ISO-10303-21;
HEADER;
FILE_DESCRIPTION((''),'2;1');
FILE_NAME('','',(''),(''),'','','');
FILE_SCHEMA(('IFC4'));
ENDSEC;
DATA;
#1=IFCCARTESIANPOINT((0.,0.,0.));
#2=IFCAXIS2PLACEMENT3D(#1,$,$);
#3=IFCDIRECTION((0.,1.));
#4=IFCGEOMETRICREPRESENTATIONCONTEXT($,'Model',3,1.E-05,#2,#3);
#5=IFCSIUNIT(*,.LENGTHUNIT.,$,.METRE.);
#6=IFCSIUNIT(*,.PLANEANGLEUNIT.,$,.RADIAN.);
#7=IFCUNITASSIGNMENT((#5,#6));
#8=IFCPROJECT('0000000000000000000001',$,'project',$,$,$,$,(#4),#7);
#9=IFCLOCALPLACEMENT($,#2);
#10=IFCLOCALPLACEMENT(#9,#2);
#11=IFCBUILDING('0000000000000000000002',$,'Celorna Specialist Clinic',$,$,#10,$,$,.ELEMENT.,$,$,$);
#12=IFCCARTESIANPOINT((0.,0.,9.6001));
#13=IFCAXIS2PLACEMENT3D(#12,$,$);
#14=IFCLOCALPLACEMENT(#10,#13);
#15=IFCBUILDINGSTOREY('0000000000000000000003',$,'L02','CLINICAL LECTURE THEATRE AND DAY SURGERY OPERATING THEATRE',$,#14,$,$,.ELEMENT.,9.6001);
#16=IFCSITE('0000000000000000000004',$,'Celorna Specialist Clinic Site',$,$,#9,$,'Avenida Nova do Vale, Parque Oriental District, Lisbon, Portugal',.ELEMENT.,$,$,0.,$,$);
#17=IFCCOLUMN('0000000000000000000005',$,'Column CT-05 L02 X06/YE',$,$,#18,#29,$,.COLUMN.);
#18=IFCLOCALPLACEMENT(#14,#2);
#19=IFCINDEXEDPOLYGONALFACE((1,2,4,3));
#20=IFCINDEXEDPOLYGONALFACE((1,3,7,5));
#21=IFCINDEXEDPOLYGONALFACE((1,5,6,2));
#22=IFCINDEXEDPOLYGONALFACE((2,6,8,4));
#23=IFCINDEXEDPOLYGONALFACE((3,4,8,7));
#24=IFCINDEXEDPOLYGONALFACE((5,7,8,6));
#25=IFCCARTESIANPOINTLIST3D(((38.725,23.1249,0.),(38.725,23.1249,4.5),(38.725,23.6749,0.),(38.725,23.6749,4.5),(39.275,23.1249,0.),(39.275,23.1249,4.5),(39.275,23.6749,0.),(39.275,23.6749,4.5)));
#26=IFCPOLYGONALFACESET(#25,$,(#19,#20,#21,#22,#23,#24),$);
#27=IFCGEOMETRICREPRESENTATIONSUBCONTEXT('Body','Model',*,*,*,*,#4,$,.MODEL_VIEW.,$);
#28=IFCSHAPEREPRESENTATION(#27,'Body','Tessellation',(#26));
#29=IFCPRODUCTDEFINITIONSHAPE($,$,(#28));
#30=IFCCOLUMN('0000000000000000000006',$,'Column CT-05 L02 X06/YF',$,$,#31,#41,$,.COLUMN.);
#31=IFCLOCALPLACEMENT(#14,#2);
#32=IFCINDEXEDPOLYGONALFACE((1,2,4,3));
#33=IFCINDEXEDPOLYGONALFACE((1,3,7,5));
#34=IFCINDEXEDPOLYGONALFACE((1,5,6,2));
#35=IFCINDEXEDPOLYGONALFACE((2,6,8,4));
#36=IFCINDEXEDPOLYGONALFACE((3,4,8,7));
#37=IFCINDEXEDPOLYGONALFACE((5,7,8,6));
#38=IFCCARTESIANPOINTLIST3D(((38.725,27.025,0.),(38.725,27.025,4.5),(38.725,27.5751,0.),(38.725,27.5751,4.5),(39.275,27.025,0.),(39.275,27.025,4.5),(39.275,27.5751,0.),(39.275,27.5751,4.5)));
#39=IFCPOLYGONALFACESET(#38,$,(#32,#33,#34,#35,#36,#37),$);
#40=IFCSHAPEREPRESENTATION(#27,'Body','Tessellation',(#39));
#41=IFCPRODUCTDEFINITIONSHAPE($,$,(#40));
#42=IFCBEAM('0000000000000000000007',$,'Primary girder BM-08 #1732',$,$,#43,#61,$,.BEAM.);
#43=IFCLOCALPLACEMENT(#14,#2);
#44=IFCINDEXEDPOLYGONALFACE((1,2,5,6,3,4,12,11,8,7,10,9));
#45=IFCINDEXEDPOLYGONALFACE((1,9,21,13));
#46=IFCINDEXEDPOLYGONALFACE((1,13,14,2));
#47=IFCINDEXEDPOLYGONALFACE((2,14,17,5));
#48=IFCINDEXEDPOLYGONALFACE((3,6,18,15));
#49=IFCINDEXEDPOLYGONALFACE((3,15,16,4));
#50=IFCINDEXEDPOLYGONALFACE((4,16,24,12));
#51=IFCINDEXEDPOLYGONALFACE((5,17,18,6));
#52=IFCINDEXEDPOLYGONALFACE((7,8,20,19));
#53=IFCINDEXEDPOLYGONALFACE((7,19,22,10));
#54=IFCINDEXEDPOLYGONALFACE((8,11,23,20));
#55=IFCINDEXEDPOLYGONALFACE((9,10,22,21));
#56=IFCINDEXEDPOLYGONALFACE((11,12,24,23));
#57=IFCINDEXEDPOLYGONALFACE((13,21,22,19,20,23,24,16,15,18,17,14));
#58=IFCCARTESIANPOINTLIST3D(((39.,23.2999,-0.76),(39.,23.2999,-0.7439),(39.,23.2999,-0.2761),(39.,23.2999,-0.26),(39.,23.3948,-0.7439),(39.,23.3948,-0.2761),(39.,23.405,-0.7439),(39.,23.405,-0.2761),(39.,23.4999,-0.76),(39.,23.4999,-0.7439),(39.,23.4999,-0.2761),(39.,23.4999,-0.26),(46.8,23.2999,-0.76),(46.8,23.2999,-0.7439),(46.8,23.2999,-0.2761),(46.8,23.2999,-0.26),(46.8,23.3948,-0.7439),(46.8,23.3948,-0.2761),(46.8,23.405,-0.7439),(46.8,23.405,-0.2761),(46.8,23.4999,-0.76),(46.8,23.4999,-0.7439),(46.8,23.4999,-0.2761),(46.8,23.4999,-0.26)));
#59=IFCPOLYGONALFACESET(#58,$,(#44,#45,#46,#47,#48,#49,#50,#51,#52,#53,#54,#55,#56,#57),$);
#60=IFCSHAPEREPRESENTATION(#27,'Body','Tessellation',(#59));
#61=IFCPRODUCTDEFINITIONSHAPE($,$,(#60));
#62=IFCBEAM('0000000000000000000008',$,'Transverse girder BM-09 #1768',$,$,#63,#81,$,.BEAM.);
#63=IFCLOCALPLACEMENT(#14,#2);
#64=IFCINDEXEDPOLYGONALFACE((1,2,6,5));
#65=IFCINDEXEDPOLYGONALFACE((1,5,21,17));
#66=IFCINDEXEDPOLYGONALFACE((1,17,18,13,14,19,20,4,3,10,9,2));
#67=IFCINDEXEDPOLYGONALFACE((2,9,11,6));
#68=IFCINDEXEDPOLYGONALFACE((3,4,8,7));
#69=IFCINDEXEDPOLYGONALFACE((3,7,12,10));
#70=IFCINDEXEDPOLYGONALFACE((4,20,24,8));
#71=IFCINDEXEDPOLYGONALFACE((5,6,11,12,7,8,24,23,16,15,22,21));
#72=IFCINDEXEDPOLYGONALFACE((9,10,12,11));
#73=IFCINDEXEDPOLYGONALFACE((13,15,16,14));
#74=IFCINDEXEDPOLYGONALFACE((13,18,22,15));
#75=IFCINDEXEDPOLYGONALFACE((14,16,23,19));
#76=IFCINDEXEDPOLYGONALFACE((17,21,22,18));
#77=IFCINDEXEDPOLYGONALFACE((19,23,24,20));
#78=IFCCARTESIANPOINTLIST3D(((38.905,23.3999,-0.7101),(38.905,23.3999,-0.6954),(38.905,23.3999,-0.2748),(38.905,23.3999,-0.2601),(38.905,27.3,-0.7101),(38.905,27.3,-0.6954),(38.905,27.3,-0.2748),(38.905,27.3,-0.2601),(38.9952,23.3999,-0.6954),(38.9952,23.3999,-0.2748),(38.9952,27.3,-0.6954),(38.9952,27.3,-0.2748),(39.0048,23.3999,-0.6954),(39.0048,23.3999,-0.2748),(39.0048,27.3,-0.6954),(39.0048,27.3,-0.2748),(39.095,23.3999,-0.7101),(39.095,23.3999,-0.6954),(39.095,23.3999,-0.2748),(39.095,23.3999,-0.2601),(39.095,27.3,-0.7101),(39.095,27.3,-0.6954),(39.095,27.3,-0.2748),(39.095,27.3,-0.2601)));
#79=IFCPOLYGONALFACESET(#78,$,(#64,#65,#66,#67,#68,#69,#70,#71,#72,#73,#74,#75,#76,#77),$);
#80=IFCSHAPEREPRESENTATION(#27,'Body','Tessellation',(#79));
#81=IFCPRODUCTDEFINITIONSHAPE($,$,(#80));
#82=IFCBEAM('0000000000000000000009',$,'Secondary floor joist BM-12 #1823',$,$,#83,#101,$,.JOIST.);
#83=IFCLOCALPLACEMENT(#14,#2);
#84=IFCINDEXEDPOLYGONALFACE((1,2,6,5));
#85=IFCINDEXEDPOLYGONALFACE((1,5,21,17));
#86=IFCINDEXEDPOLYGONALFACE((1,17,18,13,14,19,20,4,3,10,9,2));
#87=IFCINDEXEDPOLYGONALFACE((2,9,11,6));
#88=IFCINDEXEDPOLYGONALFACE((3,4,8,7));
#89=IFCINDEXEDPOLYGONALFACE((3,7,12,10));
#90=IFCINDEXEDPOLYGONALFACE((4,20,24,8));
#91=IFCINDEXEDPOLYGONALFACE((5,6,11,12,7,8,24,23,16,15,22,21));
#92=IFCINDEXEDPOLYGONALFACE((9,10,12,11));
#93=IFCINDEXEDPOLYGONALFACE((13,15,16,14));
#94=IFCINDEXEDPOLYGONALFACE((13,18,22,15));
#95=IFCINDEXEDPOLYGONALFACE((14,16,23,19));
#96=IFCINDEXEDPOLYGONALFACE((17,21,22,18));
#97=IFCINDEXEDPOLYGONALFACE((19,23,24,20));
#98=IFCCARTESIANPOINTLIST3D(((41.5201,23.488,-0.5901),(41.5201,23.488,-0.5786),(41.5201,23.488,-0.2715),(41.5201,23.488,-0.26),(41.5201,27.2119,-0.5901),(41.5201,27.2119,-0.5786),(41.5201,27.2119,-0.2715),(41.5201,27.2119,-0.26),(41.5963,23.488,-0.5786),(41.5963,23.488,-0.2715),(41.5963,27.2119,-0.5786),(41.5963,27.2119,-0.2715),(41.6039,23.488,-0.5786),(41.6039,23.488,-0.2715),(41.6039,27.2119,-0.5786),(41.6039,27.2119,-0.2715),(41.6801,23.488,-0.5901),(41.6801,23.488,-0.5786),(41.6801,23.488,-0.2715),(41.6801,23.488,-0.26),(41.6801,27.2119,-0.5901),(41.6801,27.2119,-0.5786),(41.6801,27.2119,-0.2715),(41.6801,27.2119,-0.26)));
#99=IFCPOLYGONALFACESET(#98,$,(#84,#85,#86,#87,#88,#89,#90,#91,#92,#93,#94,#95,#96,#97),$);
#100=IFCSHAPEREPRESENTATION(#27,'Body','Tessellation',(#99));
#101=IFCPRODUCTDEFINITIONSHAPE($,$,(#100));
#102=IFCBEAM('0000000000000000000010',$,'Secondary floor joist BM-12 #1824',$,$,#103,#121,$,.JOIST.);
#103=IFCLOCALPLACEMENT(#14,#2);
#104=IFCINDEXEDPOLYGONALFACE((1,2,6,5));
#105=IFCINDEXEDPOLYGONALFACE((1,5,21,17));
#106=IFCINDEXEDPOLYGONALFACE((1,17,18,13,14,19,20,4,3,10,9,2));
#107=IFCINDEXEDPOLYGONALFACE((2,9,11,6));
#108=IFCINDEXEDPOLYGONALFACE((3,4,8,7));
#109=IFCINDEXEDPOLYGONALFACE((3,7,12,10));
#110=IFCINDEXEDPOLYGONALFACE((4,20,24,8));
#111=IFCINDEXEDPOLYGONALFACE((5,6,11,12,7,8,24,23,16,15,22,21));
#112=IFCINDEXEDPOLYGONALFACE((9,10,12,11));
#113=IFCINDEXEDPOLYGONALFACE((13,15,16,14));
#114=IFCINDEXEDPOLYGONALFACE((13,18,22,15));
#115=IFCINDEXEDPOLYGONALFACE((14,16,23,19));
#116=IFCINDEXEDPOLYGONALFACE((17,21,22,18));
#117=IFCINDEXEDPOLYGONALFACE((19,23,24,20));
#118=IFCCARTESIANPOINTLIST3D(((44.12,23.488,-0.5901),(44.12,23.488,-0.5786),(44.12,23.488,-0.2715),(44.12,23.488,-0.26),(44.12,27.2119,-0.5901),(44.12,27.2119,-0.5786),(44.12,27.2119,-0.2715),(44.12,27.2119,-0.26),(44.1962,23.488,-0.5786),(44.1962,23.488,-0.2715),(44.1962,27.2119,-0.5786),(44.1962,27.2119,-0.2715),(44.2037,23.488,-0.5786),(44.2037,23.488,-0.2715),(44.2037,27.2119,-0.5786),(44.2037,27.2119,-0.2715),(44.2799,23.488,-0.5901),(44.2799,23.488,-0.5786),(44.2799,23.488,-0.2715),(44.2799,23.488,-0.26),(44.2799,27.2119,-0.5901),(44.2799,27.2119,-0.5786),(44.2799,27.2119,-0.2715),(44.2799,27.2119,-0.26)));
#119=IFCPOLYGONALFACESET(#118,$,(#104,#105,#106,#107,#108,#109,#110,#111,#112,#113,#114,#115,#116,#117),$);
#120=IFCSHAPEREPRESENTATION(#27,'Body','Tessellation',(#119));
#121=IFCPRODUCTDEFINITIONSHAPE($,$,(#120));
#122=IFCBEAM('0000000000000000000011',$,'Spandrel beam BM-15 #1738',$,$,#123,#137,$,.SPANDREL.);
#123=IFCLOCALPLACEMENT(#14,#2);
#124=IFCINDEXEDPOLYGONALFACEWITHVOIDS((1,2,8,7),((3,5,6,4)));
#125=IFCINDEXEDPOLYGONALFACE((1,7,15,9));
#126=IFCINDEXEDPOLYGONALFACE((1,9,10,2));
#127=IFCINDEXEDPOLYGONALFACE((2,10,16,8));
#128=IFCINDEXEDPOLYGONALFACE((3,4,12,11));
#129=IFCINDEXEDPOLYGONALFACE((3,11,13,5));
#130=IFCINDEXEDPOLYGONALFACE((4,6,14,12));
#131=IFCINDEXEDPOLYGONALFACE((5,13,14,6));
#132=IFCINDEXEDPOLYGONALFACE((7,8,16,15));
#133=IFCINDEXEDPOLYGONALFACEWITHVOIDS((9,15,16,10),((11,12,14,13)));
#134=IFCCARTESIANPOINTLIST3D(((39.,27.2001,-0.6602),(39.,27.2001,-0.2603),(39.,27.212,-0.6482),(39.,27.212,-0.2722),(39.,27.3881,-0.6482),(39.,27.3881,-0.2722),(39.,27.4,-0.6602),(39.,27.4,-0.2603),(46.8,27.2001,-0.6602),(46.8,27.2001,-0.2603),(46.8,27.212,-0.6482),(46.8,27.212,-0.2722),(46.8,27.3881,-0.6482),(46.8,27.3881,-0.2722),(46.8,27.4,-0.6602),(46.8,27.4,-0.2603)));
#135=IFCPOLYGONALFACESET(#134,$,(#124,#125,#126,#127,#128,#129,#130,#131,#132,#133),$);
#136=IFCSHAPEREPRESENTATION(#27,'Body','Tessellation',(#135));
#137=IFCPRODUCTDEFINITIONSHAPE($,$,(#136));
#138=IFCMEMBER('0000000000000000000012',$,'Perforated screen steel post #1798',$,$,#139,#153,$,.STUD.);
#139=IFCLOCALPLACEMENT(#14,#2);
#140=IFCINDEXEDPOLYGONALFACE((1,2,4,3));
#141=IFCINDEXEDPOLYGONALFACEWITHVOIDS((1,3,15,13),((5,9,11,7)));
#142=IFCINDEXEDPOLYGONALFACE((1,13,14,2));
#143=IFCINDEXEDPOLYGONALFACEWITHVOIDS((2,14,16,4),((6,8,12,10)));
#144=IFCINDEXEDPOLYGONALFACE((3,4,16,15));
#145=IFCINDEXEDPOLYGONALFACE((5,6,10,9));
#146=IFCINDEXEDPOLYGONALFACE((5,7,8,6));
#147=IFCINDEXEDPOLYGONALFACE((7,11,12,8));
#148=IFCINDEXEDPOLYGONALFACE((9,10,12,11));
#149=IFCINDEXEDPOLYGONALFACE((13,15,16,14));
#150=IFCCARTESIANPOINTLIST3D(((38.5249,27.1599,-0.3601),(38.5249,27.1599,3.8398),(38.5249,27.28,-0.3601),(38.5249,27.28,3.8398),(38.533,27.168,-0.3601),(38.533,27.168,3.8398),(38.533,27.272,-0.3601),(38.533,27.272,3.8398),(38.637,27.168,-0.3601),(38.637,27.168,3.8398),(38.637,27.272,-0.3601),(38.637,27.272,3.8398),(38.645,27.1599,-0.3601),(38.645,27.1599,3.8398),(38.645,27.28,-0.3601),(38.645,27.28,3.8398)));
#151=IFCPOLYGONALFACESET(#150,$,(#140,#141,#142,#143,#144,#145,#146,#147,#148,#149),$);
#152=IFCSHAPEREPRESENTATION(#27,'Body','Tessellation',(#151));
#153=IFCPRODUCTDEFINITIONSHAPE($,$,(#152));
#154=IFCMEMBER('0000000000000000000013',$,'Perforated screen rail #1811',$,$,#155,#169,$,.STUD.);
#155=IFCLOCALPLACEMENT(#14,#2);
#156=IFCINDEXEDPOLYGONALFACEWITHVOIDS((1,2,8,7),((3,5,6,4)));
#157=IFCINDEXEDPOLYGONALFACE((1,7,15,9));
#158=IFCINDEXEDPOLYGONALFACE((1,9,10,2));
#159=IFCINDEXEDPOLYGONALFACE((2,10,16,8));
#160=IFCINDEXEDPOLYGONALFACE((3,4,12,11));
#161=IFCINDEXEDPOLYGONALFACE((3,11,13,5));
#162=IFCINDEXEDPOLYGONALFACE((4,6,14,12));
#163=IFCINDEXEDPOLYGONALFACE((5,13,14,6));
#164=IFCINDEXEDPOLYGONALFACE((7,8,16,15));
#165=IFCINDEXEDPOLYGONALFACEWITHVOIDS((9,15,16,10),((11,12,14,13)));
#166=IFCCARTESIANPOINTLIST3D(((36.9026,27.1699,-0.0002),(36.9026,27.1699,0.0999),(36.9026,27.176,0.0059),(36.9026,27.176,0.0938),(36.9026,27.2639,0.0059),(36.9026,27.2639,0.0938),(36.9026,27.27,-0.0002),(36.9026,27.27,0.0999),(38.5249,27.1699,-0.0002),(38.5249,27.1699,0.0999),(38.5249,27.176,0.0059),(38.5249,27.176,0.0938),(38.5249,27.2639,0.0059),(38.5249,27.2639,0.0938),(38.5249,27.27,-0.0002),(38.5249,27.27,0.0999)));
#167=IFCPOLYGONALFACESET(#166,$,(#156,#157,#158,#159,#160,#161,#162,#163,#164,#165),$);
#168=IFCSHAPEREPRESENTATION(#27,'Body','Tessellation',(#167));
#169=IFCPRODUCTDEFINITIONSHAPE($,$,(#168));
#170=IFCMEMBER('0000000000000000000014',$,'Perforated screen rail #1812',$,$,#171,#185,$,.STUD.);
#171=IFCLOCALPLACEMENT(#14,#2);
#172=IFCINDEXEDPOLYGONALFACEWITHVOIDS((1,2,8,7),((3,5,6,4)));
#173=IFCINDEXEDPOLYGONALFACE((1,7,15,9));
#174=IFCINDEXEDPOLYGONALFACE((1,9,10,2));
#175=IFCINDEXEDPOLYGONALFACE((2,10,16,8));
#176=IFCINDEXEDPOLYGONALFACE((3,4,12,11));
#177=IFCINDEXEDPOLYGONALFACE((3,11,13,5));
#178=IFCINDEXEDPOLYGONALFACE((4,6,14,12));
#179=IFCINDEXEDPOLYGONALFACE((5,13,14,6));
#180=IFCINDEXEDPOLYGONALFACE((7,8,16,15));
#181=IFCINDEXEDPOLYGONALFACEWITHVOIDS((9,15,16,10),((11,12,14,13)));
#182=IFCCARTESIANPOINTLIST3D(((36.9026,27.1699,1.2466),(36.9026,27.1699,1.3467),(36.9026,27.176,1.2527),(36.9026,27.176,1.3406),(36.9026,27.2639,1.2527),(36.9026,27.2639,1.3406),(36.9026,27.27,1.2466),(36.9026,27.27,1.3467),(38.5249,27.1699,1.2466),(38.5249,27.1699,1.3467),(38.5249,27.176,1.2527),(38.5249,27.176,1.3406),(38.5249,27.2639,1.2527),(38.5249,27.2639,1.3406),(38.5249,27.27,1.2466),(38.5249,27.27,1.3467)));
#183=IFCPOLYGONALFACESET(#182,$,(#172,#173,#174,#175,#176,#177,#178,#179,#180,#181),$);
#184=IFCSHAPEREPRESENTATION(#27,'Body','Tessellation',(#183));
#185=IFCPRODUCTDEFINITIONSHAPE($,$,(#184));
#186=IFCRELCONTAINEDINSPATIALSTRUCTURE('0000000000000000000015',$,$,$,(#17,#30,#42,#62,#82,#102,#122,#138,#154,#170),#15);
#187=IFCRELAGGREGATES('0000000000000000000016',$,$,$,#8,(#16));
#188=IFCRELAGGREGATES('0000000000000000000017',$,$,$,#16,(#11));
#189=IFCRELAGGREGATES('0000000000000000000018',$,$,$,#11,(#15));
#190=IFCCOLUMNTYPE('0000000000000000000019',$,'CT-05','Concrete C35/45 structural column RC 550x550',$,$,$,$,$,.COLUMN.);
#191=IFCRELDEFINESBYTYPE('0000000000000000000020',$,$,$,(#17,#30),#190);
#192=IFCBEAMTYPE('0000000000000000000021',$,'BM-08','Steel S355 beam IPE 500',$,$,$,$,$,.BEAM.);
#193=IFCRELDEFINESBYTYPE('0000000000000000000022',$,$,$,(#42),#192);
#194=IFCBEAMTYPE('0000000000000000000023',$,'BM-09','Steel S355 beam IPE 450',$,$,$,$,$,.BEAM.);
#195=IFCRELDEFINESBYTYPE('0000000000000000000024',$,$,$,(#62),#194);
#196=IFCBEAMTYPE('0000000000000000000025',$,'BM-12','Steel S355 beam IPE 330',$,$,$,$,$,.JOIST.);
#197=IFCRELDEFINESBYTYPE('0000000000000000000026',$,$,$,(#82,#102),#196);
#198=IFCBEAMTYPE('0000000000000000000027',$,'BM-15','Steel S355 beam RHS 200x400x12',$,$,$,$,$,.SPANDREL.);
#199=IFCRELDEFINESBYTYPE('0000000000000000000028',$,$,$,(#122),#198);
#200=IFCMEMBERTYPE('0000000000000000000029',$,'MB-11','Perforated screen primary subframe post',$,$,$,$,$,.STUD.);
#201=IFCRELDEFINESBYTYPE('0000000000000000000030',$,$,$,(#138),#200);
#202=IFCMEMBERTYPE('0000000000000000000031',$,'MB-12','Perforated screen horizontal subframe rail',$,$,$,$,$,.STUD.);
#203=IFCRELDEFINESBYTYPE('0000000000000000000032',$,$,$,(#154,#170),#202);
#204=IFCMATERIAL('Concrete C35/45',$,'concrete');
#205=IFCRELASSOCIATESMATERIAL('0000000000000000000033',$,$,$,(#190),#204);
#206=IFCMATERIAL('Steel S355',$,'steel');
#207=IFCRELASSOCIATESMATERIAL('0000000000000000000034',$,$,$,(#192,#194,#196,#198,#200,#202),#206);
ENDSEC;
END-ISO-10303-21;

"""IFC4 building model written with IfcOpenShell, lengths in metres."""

from ifc_helpers import new_model, si_unit, direction, frame, origin, origin_2d, place, context, subcontext, project, spatial, rectangle, hollow_rectangle, i_section, extrude, material, material_profile, profile_set, type_object, element, save


model = new_model("IFC4")

# Units and contexts
model_context = context("Model", 3, precision=1e-05, world=origin(), true_north=direction((0.0, 1.0)))
body_context = subcontext(model_context, "Body", "Model", "MODEL_VIEW")
ifc_project = project(units=[si_unit("LENGTHUNIT", "METRE"), si_unit("PLANEANGLEUNIT", "RADIAN")], contexts=[model_context])

# Site, building, storey
site_placement = place(None, origin())
site = spatial("IfcSite", under=ifc_project, at=site_placement, Name="Celorna Specialist Clinic Site", LongName="Avenida Nova do Vale, Parque Oriental District, Lisbon, Portugal", CompositionType="ELEMENT", RefElevation=0.0)
building_placement = place(site_placement, origin())
building = spatial("IfcBuilding", under=site, at=building_placement, Name="Celorna Specialist Clinic", CompositionType="ELEMENT")
storey_placement = place(building_placement, frame((0.0, 0.0, 9.6001)))
storey = spatial("IfcBuildingStorey", under=building, at=storey_placement, Name="L02", Description="CLINICAL LECTURE THEATRE AND DAY SURGERY OPERATING THEATRE", CompositionType="ELEMENT", Elevation=9.6001)

# Columns
ifc_material_1 = material(Name="Concrete C35/45", Category="concrete")
ifc_material_profile_1 = material_profile(ifc_material_1, rectangle(XDim=0.55, YDim=0.55, at=origin_2d()), Name="RC 550x550")
ifc_profile_set_1 = profile_set([ifc_material_profile_1], Name="Concrete C35/45")
column_type = type_object("IfcColumnType", Name="CT-05", Description="Concrete C35/45 structural column RC 550x550", PredefinedType="COLUMN", material=ifc_profile_set_1)
for number, where, z_axis, x_axis, name in (
    (1, (39.0, 23.3999, 0.0), (0.0, 0.0, 1.0), (1.0, 0.0, 0.0), "Column CT-05 L02 X06/YE"),
    (2, (39.0, 27.3, 0.0), (0.0, 0.0, 1.0), (1.0, 0.0, 0.0), "Column CT-05 L02 X06/YF"),
):
    element("IfcColumn", number, at=place(storey_placement, frame(where, z_axis=z_axis, x_axis=x_axis)), inside=storey, type_object=column_type, Name=name, PredefinedType="COLUMN", context=body_context, shape_type="SweptSolid", body=[
        extrude(rectangle(XDim=0.55, YDim=0.55, at=origin_2d()), origin(), (0.0, 0.0, 1.0), 4.5),
    ])

# Beams
ifc_material_2 = material(Name="Steel S355", Category="steel")
ifc_material_profile_2 = material_profile(ifc_material_2, i_section(OverallWidth=0.2, OverallDepth=0.5, WebThickness=0.0103, FlangeThickness=0.0161, at=origin_2d()), Name="IPE 500")
ifc_profile_set_2 = profile_set([ifc_material_profile_2], Name="Steel S355")
beam_type_1 = type_object("IfcBeamType", Name="BM-08", Description="Steel S355 beam IPE 500", PredefinedType="BEAM", material=ifc_profile_set_2)
beam_1_placement = place(storey_placement, frame((39.0, 23.3999, -0.51), z_axis=(1.0, 0.0, 0.0), x_axis=(0.0, 1.0, 0.0)))
element("IfcBeam", 3, at=beam_1_placement, inside=storey, type_object=beam_type_1, Name="Primary girder BM-08 #1732", PredefinedType="BEAM", context=body_context, shape_type="SweptSolid", body=[
    extrude(i_section(OverallWidth=0.2, OverallDepth=0.5, WebThickness=0.0103, FlangeThickness=0.0161, at=origin_2d()), origin(), (0.0, 0.0, 1.0), 7.8),
])
ifc_material_profile_3 = material_profile(ifc_material_2, i_section(OverallWidth=0.1899, OverallDepth=0.45, WebThickness=0.0095, FlangeThickness=0.0146, at=origin_2d()), Name="IPE 450")
ifc_profile_set_3 = profile_set([ifc_material_profile_3], Name="Steel S355")
beam_type_2 = type_object("IfcBeamType", Name="BM-09", Description="Steel S355 beam IPE 450", PredefinedType="BEAM", material=ifc_profile_set_3)
beam_2_placement = place(storey_placement, frame((39.0, 23.3999, -0.4851), z_axis=(0.0, 1.0, 0.0), x_axis=(-1.0, 0.0, 0.0)))
element("IfcBeam", 4, at=beam_2_placement, inside=storey, type_object=beam_type_2, Name="Transverse girder BM-09 #1768", PredefinedType="BEAM", context=body_context, shape_type="SweptSolid", body=[
    extrude(i_section(OverallWidth=0.1899, OverallDepth=0.45, WebThickness=0.0095, FlangeThickness=0.0146, at=origin_2d()), origin(), (0.0, 0.0, 1.0), 3.9001),
])
ifc_material_profile_4 = material_profile(ifc_material_2, i_section(OverallWidth=0.1599, OverallDepth=0.3301, WebThickness=0.0076, FlangeThickness=0.0115, at=origin_2d()), Name="IPE 330")
ifc_profile_set_4 = profile_set([ifc_material_profile_4], Name="Steel S355")
beam_type_3 = type_object("IfcBeamType", Name="BM-12", Description="Steel S355 beam IPE 330", PredefinedType="JOIST", material=ifc_profile_set_4)
for number, where, z_axis, x_axis, name in (
    (5, (41.6001, 23.488, -0.425), (0.0, 1.0, 0.0), (-1.0, 0.0, 0.0), "Secondary floor joist BM-12 #1823"),
    (6, (44.2, 23.488, -0.425), (0.0, 1.0, 0.0), (-1.0, 0.0, 0.0), "Secondary floor joist BM-12 #1824"),
):
    element("IfcBeam", number, at=place(storey_placement, frame(where, z_axis=z_axis, x_axis=x_axis)), inside=storey, type_object=beam_type_3, Name=name, PredefinedType="JOIST", context=body_context, shape_type="SweptSolid", body=[
        extrude(i_section(OverallWidth=0.1599, OverallDepth=0.3301, WebThickness=0.0076, FlangeThickness=0.0115, at=origin_2d()), origin(), (0.0, 0.0, 1.0), 3.7239),
    ])
ifc_material_profile_5 = material_profile(ifc_material_2, hollow_rectangle(XDim=0.2, YDim=0.3999, WallThickness=0.012, at=origin_2d()), Name="RHS 200x400x12")
ifc_profile_set_5 = profile_set([ifc_material_profile_5], Name="Steel S355")
beam_type_4 = type_object("IfcBeamType", Name="BM-15", Description="Steel S355 beam RHS 200x400x12", PredefinedType="SPANDREL", material=ifc_profile_set_5)
beam_3_placement = place(storey_placement, frame((39.0, 27.3, -0.4602), z_axis=(1.0, 0.0, 0.0), x_axis=(0.0, 1.0, 0.0)))
element("IfcBeam", 7, at=beam_3_placement, inside=storey, type_object=beam_type_4, Name="Spandrel beam BM-15 #1738", PredefinedType="SPANDREL", context=body_context, shape_type="SweptSolid", body=[
    extrude(hollow_rectangle(XDim=0.2, YDim=0.3999, WallThickness=0.012, at=origin_2d()), origin(), (0.0, 0.0, 1.0), 7.8),
])

# Members
ifc_material_profile_6 = material_profile(ifc_material_2, hollow_rectangle(XDim=0.1201, YDim=0.1201, WallThickness=0.0081, at=origin_2d()), Name="SHS 120x120x8")
ifc_profile_set_6 = profile_set([ifc_material_profile_6], Name="Steel S355")
member_type_1 = type_object("IfcMemberType", Name="MB-11", Description="Perforated screen primary subframe post", PredefinedType="STUD", material=ifc_profile_set_6)
member_1_placement = place(storey_placement, frame((38.585, 27.22, -0.3601), z_axis=(0.0, 0.0, 1.0), x_axis=(1.0, 0.0, 0.0)))
element("IfcMember", 8, at=member_1_placement, inside=storey, type_object=member_type_1, Name="Perforated screen steel post #1798", PredefinedType="STUD", context=body_context, shape_type="SweptSolid", body=[
    extrude(hollow_rectangle(XDim=0.1201, YDim=0.1201, WallThickness=0.0081, at=origin_2d()), origin(), (0.0, 0.0, 1.0), 4.2),
])
ifc_material_profile_7 = material_profile(ifc_material_2, hollow_rectangle(XDim=0.1001, YDim=0.1001, WallThickness=0.0061, at=origin_2d()), Name="SHS 100x100x6")
ifc_profile_set_7 = profile_set([ifc_material_profile_7], Name="Steel S355")
member_type_2 = type_object("IfcMemberType", Name="MB-12", Description="Perforated screen horizontal subframe rail", PredefinedType="STUD", material=ifc_profile_set_7)
for number, where, z_axis, x_axis, name in (
    (9, (36.9026, 27.22, 0.0498), (1.0, 0.0, 0.0), (0.0, 1.0, 0.0), "Perforated screen rail #1811"),
    (10, (36.9026, 27.22, 1.2966), (1.0, 0.0, 0.0), (0.0, 1.0, 0.0), "Perforated screen rail #1812"),
):
    element("IfcMember", number, at=place(storey_placement, frame(where, z_axis=z_axis, x_axis=x_axis)), inside=storey, type_object=member_type_2, Name=name, PredefinedType="STUD", context=body_context, shape_type="SweptSolid", body=[
        extrude(hollow_rectangle(XDim=0.1001, YDim=0.1001, WallThickness=0.0061, at=origin_2d()), origin(), (0.0, 0.0, 1.0), 1.6223),
    ])

save(model, "model.ifc")
